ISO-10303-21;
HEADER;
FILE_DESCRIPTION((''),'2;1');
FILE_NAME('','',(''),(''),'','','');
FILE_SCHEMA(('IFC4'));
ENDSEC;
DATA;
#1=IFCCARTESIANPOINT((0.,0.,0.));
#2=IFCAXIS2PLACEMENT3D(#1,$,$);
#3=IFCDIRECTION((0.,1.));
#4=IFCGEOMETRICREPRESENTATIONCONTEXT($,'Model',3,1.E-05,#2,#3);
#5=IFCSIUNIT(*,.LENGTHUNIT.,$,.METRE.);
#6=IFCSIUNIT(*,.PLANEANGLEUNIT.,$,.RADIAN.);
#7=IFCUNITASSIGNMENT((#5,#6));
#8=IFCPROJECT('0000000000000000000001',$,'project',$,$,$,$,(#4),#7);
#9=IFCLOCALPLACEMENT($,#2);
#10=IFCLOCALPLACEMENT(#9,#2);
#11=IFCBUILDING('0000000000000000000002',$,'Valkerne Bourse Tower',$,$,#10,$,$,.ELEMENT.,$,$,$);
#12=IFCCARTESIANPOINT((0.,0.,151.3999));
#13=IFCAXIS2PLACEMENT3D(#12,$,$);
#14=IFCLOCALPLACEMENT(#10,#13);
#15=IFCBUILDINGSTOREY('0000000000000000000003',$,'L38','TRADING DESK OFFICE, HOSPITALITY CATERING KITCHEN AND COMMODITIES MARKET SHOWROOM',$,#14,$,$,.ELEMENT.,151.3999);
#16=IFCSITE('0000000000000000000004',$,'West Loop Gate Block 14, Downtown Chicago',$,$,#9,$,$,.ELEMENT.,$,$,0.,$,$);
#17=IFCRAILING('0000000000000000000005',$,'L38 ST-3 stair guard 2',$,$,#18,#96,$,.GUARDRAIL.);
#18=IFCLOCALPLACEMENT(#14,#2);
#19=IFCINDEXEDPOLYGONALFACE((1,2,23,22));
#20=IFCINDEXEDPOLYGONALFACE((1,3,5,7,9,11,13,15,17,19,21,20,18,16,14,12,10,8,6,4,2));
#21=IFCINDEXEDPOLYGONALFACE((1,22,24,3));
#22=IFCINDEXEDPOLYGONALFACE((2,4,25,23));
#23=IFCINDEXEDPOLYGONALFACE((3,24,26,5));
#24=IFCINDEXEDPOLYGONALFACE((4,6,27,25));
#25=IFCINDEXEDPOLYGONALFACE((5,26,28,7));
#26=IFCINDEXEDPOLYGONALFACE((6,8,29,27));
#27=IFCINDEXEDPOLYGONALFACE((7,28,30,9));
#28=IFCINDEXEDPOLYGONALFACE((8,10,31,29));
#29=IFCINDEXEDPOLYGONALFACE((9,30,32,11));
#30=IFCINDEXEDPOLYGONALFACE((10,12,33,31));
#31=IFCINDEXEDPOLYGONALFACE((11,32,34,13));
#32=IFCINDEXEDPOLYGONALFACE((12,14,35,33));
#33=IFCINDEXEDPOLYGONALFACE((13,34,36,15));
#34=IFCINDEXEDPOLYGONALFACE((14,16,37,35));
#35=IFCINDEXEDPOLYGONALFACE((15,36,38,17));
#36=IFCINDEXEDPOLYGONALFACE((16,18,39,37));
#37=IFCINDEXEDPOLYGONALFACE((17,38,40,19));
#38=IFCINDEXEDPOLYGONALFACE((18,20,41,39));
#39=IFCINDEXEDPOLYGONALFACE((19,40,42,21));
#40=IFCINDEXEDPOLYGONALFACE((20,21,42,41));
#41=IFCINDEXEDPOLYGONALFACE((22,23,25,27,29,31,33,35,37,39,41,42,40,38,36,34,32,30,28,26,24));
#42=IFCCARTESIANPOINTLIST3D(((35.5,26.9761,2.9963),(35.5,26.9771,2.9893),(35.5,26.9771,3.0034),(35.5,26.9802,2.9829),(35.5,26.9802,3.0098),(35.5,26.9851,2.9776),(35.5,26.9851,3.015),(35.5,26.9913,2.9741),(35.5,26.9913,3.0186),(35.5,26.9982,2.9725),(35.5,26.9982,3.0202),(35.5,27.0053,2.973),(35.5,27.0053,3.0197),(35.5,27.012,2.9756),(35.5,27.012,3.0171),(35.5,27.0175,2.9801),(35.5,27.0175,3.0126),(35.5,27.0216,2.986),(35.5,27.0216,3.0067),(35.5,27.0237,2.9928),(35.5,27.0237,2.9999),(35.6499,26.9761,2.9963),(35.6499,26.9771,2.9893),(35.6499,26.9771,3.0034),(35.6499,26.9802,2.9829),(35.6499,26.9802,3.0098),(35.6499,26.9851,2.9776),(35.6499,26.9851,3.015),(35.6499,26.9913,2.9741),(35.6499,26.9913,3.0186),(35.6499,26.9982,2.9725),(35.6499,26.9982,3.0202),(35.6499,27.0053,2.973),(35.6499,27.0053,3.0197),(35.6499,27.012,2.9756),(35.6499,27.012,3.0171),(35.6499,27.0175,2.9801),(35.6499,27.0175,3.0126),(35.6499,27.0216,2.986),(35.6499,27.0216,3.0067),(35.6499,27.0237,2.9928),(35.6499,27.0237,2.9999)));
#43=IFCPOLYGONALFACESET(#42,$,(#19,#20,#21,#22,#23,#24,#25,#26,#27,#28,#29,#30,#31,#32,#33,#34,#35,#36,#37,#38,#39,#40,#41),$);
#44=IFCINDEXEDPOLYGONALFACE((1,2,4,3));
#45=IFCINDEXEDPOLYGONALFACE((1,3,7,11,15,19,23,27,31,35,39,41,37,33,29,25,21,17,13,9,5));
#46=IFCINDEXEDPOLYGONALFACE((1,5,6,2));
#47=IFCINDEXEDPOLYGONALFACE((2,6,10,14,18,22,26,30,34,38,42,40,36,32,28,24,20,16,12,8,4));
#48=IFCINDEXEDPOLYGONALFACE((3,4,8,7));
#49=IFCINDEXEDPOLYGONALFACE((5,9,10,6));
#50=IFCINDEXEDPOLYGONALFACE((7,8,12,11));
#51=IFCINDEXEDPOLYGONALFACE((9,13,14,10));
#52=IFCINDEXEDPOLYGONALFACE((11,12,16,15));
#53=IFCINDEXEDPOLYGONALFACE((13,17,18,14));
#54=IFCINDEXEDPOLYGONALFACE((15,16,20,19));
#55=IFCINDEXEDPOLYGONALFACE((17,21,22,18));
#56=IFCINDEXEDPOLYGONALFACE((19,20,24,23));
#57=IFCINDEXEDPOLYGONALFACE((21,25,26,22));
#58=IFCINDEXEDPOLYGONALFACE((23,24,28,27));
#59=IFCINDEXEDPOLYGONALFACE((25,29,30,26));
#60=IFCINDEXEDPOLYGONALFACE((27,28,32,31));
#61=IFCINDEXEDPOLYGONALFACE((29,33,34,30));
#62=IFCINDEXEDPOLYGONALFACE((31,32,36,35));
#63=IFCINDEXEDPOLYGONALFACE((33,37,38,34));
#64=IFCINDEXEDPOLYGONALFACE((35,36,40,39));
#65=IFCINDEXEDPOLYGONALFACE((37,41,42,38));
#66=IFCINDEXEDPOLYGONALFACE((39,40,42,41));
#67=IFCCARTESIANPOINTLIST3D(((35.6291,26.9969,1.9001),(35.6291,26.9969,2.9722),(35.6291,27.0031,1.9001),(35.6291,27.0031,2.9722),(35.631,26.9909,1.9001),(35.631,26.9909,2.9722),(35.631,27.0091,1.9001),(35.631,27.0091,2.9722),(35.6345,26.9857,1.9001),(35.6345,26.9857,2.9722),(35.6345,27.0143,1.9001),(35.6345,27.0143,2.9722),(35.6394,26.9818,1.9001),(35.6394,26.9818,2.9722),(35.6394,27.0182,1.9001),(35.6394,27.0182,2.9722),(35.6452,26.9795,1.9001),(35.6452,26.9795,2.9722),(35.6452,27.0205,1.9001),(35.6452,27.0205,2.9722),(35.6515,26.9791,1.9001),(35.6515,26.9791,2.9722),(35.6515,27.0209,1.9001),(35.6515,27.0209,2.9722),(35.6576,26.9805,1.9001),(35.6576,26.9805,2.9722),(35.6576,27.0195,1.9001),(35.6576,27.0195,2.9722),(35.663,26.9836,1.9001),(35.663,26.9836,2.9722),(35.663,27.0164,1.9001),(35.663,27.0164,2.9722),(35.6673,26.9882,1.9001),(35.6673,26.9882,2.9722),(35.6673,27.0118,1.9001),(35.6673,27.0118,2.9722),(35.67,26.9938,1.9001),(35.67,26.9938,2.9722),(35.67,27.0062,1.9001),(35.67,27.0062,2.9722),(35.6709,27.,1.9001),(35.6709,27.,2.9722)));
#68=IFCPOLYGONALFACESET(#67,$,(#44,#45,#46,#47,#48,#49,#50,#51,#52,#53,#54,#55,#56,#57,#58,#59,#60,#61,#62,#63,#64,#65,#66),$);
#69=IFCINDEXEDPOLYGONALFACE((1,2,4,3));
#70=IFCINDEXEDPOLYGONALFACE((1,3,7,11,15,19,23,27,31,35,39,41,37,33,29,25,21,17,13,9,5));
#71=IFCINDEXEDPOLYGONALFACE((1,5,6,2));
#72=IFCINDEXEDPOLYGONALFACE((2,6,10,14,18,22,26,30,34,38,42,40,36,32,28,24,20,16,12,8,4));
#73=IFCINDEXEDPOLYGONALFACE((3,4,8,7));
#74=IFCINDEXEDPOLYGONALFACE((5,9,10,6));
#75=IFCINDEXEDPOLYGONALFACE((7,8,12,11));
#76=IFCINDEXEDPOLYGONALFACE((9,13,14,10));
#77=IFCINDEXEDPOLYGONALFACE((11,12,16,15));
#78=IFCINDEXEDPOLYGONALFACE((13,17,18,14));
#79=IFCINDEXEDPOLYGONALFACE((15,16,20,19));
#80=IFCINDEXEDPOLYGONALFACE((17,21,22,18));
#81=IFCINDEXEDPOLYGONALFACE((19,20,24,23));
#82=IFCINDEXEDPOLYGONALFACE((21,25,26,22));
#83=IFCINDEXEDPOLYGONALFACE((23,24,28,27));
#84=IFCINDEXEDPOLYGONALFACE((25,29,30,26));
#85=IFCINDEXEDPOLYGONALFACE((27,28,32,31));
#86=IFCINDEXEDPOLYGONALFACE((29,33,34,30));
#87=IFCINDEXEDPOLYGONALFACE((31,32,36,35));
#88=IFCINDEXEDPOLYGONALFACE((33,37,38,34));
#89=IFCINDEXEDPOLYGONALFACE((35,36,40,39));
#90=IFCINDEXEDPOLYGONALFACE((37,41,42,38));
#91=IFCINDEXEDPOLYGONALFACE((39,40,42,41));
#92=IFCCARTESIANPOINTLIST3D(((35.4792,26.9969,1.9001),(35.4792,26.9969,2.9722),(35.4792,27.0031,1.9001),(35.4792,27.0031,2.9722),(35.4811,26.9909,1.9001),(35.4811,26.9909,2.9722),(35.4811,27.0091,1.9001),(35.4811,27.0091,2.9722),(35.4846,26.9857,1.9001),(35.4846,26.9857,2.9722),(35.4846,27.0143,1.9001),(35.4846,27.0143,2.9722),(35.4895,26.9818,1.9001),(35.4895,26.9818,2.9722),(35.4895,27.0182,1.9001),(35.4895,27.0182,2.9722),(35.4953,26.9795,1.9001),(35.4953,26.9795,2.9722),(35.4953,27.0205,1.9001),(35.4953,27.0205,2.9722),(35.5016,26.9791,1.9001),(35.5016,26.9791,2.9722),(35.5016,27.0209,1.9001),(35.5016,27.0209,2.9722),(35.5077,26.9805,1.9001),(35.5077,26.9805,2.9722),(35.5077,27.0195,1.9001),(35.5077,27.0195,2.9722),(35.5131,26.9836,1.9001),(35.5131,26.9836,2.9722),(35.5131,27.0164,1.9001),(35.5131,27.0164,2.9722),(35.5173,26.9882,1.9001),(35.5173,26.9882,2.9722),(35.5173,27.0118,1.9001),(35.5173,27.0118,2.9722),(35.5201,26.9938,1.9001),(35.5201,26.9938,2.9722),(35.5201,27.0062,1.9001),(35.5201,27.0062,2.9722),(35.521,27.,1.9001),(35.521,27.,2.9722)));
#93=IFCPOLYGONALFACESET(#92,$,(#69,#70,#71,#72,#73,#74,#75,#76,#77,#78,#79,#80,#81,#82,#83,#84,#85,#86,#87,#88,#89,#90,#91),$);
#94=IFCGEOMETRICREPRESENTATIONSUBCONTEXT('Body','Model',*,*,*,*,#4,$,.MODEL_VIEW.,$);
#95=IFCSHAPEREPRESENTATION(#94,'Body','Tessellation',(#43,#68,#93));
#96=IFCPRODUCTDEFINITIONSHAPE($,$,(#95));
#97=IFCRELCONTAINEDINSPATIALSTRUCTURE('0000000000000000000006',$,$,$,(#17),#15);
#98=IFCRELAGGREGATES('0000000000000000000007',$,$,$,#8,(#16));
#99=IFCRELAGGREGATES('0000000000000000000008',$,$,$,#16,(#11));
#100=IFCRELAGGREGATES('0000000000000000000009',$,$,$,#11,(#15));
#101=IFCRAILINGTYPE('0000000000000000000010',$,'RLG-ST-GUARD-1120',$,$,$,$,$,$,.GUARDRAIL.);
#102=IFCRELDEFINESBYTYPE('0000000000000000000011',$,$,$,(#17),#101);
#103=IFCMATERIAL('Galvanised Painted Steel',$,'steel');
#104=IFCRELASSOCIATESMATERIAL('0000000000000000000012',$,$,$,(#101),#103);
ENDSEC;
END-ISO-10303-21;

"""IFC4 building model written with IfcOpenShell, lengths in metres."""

from ifc_helpers import new_model, si_unit, direction, frame, origin, origin_2d, place, context, subcontext, project, spatial, circle, extrude, material, type_object, element, save


model = new_model("IFC4")

# Units and contexts
model_context = context("Model", 3, precision=1e-05, world=origin(), true_north=direction((0.0, 1.0)))
body_context = subcontext(model_context, "Body", "Model", "MODEL_VIEW")
ifc_project = project(units=[si_unit("LENGTHUNIT", "METRE"), si_unit("PLANEANGLEUNIT", "RADIAN")], contexts=[model_context])

# Site, building, storey
site_placement = place(None, origin())
site = spatial("IfcSite", under=ifc_project, at=site_placement, Name="West Loop Gate Block 14, Downtown Chicago", CompositionType="ELEMENT", RefElevation=0.0)
building_placement = place(site_placement, origin())
building = spatial("IfcBuilding", under=site, at=building_placement, Name="Valkerne Bourse Tower", CompositionType="ELEMENT")
storey_placement = place(building_placement, frame((0.0, 0.0, 151.3999)))
storey = spatial("IfcBuildingStorey", under=building, at=storey_placement, Name="L38", Description="TRADING DESK OFFICE, HOSPITALITY CATERING KITCHEN AND COMMODITIES MARKET SHOWROOM", CompositionType="ELEMENT", Elevation=151.3999)

# Railing
ifc_material_1 = material(Name="Galvanised Painted Steel", Category="steel")
railing_type_1 = type_object("IfcRailingType", Name="RLG-ST-GUARD-1120", PredefinedType="GUARDRAIL", material=ifc_material_1)
railing_1_placement = place(storey_placement, frame((35.6499, 27.0, 1.9001)))
element("IfcRailing", 1, at=railing_1_placement, inside=storey, type_object=railing_type_1, Name="L38 ST-3 stair guard 2", PredefinedType="GUARDRAIL", context=body_context, shape_type="SweptSolid", body=[
    extrude(circle(Radius=0.0239, at=origin_2d()), frame((0.0, 0.0, 1.0962), z_axis=(-1.0, 0.0, 0.0), x_axis=(0.0, -1.0, 0.0)), (0.0, 0.0, 1.0), 0.1499),
    extrude(circle(Radius=0.021, at=origin_2d()), origin(), (0.0, 0.0, 1.0), 1.072),
    extrude(circle(Radius=0.021, at=origin_2d()), frame((-0.1499, 0.0, 0.0)), (0.0, 0.0, 1.0), 1.072),
])

save(model, "model.ifc")
